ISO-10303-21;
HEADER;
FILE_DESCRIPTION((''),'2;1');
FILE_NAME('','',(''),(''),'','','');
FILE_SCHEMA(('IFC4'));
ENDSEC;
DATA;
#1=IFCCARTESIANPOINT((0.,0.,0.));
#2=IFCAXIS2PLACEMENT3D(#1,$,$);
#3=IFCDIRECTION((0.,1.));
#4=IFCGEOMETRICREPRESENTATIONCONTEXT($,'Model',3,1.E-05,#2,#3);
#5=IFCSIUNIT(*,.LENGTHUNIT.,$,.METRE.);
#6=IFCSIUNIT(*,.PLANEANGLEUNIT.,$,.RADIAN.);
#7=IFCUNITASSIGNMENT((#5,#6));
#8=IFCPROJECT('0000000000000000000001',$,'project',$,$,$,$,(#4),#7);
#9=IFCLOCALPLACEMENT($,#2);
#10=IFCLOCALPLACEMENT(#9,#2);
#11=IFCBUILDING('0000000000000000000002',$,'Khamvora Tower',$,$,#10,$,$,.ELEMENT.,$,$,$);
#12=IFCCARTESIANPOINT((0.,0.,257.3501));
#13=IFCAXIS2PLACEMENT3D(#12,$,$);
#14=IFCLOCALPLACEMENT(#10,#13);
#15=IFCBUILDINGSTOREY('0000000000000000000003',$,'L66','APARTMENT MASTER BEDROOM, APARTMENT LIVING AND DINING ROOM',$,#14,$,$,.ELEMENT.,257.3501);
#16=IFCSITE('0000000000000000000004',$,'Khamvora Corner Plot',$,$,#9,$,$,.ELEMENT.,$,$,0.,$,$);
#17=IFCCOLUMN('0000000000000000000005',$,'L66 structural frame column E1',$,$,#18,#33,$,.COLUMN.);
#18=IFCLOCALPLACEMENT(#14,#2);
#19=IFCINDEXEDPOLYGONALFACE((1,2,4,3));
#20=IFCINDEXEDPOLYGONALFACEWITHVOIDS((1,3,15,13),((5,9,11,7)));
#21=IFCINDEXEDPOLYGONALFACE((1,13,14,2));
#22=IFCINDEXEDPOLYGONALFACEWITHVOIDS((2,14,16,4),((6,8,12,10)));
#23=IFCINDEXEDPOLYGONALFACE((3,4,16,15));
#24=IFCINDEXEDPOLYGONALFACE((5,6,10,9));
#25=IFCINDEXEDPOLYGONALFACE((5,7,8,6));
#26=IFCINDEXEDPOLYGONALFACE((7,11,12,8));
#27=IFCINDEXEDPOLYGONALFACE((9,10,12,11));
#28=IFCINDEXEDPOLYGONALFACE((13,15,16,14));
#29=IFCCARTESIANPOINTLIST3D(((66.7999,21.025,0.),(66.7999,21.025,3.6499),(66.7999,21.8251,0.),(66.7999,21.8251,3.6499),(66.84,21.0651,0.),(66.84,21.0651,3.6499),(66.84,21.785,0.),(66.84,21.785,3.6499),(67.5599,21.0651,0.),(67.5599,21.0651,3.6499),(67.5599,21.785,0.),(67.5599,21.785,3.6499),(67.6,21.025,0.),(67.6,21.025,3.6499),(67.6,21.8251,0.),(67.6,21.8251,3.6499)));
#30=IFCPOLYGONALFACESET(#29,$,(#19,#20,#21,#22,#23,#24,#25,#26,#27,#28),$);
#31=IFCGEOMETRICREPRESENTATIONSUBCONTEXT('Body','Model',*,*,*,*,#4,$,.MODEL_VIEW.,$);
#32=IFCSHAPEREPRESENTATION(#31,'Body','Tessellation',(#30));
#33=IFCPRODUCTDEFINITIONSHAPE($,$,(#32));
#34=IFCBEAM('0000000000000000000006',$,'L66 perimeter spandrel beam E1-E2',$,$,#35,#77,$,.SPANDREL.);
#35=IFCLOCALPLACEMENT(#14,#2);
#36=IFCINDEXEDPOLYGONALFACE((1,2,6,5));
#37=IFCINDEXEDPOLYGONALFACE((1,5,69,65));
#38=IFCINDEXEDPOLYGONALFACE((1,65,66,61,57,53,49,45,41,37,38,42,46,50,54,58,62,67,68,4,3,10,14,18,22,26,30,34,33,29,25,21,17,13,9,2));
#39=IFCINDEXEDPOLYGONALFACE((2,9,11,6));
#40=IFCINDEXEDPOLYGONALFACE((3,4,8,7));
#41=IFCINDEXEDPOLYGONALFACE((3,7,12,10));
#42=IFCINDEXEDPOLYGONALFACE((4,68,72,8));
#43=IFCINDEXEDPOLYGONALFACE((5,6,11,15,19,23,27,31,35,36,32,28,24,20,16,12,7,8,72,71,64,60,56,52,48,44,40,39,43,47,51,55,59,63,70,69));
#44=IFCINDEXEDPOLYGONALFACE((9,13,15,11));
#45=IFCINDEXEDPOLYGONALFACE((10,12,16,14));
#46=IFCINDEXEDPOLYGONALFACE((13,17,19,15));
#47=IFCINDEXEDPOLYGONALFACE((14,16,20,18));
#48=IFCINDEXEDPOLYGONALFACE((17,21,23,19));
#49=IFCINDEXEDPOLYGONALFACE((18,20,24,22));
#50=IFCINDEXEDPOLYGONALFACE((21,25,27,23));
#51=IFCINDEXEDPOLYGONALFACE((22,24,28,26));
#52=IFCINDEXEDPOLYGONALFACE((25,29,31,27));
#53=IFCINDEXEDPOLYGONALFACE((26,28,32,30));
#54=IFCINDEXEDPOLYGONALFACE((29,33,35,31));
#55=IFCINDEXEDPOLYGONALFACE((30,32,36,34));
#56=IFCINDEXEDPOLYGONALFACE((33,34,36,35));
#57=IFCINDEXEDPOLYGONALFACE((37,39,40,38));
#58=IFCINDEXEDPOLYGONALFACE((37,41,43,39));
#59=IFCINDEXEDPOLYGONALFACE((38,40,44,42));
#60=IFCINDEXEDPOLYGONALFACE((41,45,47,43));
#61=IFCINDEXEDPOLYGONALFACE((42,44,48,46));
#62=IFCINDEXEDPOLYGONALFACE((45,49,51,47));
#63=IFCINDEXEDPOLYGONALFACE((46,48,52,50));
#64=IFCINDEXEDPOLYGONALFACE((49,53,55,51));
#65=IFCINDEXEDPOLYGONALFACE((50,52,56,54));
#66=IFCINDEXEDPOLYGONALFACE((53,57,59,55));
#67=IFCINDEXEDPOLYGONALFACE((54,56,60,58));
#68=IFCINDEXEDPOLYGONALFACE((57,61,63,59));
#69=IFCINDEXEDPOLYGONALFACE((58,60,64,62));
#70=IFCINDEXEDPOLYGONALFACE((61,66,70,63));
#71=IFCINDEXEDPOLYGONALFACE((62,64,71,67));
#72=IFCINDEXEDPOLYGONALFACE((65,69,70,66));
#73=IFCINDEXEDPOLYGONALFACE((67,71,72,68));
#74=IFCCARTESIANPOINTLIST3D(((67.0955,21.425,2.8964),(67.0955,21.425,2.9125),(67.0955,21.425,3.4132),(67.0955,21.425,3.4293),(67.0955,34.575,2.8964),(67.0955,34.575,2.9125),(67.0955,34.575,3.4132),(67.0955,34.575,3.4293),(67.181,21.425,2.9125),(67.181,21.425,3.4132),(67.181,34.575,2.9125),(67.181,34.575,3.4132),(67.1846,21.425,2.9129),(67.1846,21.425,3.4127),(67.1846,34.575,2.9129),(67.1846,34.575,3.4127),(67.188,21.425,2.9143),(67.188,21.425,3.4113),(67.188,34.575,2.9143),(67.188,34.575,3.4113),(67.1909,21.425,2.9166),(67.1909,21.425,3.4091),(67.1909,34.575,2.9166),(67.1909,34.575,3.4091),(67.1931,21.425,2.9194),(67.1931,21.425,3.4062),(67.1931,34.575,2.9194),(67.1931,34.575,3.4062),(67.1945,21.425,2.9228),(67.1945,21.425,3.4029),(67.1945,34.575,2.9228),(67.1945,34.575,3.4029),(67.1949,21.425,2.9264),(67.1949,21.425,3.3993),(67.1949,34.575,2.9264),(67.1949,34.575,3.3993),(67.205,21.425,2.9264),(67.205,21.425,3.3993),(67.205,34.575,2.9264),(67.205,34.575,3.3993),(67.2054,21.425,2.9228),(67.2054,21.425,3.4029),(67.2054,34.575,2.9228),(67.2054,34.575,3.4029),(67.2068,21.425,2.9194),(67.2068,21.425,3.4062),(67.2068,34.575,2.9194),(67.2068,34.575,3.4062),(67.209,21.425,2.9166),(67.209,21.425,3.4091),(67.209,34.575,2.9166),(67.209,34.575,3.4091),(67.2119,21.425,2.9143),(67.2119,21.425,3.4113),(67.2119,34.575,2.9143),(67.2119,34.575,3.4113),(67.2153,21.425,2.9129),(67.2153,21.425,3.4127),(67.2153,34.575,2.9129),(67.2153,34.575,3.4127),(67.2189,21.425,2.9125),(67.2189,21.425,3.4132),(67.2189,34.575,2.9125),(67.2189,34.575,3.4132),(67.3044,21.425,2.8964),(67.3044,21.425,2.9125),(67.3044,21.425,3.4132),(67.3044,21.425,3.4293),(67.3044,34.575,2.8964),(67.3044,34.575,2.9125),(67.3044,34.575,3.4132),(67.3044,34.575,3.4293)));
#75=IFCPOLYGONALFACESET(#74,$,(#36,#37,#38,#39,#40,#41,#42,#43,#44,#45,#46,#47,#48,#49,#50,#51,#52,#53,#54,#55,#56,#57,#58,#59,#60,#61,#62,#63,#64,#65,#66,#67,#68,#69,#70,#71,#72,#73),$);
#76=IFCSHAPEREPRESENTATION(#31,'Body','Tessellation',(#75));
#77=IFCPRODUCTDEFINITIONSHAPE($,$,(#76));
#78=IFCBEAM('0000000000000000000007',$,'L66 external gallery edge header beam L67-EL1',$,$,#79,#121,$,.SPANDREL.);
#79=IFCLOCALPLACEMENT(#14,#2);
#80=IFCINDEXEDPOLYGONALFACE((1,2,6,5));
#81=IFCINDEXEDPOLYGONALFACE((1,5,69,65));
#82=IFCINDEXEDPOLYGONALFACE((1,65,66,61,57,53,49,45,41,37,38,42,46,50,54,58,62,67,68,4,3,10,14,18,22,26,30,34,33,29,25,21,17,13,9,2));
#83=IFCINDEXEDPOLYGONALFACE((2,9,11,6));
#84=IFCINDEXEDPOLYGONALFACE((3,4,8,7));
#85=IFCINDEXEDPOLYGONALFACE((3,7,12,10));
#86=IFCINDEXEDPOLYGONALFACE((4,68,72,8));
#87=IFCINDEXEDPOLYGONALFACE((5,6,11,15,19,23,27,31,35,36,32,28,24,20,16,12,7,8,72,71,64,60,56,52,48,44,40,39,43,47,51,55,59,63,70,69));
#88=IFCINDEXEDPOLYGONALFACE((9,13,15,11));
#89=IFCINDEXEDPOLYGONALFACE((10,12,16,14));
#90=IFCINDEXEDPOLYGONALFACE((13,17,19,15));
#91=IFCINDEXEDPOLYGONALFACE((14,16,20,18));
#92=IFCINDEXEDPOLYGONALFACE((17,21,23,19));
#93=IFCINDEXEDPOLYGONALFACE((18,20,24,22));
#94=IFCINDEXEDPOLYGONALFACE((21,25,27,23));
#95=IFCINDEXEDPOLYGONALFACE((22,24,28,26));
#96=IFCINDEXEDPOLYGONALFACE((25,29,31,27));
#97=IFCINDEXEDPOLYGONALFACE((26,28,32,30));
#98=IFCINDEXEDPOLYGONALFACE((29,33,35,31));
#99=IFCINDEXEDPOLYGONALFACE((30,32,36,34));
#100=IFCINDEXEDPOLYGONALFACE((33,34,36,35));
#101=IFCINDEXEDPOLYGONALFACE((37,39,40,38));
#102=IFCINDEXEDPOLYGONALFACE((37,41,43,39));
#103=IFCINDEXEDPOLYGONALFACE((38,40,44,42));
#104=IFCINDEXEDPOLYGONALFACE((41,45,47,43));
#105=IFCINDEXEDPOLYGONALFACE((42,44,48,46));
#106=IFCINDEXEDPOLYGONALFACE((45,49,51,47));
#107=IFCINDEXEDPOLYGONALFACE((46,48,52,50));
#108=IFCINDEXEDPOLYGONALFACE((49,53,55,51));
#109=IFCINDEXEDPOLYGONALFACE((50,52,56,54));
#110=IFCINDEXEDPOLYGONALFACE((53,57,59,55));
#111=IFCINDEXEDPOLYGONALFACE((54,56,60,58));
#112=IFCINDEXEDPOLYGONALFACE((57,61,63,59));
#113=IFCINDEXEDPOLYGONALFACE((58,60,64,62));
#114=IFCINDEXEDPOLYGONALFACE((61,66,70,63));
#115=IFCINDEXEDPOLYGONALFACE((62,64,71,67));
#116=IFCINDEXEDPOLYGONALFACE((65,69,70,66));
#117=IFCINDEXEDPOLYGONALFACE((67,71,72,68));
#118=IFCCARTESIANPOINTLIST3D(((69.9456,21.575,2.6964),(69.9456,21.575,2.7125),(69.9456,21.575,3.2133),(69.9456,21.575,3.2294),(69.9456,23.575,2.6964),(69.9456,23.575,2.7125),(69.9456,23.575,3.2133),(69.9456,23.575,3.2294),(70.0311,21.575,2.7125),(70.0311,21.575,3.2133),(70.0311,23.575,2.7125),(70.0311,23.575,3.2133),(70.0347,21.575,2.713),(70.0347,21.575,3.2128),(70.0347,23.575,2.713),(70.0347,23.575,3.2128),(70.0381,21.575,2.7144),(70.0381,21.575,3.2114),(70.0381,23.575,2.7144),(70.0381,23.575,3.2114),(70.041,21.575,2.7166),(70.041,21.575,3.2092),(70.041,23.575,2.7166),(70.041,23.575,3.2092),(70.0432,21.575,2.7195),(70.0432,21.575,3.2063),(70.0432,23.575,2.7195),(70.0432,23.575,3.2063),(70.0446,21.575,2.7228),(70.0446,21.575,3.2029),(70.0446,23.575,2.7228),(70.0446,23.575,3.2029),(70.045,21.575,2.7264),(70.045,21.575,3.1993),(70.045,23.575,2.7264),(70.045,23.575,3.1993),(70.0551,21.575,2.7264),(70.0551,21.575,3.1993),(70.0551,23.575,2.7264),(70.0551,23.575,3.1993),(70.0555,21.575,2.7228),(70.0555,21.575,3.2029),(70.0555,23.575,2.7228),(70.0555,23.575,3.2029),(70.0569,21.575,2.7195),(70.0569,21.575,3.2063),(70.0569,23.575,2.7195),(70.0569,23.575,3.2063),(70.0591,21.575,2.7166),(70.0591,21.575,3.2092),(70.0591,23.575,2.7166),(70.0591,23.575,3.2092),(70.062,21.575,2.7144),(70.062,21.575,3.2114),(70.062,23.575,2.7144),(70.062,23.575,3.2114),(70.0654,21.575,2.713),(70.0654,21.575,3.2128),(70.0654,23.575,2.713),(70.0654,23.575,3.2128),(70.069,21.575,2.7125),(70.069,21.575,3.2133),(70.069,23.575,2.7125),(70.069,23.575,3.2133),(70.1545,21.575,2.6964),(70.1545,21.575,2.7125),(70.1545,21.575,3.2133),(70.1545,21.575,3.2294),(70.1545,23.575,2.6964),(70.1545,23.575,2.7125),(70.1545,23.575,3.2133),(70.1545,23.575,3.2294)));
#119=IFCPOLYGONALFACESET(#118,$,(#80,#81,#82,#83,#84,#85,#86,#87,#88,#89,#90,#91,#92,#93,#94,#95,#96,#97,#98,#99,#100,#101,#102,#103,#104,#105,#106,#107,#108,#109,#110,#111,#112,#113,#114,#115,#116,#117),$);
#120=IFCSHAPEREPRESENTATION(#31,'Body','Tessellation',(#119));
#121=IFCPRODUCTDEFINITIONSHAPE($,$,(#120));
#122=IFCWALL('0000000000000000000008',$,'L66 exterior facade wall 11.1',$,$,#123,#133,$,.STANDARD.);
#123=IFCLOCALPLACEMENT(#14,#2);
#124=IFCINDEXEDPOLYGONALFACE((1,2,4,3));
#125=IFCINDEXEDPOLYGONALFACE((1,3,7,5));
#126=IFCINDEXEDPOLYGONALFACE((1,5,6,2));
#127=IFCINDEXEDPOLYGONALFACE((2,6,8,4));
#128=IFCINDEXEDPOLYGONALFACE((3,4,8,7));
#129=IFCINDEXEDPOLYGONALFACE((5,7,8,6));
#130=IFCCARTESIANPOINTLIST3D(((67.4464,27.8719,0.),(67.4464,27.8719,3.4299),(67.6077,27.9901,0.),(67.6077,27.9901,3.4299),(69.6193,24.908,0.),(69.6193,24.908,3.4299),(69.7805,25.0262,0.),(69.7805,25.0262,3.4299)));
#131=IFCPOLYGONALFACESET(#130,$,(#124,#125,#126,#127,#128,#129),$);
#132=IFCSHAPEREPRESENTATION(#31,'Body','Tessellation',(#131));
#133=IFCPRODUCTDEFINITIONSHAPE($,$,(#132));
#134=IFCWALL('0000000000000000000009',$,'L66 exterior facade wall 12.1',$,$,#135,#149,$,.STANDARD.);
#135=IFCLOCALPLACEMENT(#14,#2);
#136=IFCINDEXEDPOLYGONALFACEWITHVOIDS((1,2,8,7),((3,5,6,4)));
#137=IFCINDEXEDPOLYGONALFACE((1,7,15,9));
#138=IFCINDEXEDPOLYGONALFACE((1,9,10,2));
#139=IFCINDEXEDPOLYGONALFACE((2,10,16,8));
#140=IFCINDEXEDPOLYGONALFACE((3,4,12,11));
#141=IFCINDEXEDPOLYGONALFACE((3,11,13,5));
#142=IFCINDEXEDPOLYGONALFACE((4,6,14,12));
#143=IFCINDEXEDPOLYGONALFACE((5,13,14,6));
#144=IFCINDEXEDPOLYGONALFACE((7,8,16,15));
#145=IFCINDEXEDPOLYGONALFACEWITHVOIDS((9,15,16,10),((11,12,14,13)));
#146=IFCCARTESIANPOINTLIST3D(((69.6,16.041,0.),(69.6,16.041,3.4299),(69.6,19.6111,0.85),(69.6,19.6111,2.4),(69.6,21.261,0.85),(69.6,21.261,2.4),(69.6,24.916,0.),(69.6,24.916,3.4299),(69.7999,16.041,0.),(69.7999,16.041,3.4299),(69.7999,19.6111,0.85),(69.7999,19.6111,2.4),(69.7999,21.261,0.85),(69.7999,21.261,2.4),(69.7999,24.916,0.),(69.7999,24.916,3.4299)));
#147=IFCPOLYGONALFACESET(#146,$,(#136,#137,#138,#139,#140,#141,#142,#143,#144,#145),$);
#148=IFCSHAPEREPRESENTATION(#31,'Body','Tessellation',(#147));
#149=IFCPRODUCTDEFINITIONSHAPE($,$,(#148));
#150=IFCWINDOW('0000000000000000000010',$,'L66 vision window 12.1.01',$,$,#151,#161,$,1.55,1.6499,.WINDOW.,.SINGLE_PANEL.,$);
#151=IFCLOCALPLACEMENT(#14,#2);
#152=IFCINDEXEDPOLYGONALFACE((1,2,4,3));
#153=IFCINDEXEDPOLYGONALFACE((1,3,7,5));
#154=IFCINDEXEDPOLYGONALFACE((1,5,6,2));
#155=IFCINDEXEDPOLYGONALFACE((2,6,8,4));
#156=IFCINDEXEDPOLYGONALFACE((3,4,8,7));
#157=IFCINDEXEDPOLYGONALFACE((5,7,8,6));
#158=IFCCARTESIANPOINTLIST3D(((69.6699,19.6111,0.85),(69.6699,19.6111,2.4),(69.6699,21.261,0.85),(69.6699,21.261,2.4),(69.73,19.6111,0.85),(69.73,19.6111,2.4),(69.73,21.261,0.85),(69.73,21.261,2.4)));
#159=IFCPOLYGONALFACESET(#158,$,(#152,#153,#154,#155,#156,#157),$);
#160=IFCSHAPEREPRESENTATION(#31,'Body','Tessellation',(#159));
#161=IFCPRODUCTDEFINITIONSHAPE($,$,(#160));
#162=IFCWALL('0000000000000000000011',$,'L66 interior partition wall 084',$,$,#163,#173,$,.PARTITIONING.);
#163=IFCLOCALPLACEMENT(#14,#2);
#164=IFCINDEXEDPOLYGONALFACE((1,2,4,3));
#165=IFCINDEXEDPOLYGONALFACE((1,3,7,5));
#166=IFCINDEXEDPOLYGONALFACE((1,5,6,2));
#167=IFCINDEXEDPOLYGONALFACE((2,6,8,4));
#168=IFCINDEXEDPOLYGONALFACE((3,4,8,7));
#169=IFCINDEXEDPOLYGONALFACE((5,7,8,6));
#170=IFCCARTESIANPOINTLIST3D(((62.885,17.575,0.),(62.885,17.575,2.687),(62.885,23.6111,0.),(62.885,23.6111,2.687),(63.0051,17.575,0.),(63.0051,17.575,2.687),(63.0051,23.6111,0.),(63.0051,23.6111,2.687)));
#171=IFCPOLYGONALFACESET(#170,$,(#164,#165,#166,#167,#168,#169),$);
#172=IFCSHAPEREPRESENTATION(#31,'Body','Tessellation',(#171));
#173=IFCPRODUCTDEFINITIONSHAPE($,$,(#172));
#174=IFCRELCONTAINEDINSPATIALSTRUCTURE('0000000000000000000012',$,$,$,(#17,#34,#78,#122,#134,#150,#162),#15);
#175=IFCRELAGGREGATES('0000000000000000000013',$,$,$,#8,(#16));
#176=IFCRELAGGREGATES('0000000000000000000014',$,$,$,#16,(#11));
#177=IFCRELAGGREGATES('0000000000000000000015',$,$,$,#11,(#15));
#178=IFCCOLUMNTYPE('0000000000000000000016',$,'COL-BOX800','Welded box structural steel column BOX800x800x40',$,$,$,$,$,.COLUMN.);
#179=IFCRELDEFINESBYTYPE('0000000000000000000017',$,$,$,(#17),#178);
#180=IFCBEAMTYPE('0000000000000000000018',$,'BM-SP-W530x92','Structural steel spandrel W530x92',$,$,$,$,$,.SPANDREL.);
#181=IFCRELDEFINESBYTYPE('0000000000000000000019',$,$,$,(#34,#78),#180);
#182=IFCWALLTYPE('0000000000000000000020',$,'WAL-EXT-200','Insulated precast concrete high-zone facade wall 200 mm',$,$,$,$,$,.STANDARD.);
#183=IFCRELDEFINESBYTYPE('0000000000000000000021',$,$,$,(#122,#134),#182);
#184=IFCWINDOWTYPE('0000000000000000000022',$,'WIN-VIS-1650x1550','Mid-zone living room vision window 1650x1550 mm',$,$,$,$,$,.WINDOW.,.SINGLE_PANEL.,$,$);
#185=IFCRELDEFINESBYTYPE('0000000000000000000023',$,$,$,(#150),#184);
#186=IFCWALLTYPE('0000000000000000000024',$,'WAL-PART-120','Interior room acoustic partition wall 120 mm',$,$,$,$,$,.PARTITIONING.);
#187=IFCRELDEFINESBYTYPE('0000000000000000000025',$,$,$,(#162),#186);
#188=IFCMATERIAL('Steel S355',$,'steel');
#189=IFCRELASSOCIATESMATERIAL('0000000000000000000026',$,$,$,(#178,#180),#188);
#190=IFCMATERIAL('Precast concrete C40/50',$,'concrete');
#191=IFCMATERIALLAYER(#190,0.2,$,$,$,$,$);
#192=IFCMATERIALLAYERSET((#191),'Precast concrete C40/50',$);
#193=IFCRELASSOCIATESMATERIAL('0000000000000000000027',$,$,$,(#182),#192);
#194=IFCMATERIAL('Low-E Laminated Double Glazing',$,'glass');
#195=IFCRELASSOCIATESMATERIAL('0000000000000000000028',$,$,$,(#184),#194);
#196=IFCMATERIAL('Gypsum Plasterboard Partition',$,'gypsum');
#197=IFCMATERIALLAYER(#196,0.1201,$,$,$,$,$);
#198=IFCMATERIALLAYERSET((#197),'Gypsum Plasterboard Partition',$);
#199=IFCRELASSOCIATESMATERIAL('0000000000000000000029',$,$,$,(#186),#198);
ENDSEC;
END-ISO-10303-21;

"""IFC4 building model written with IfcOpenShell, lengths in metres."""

from ifc_helpers import new_model, si_unit, direction, frame, frame_2d, origin, origin_2d, place, context, subcontext, project, spatial, rectangle, hollow_rectangle, i_section, extrude, material, layer, layer_set, material_profile, profile_set, type_object, element, fill, save


model = new_model("IFC4")

# Units and contexts
model_context = context("Model", 3, precision=1e-05, world=origin(), true_north=direction((0.0, 1.0)))
body_context = subcontext(model_context, "Body", "Model", "MODEL_VIEW")
ifc_project = project(units=[si_unit("LENGTHUNIT", "METRE"), si_unit("PLANEANGLEUNIT", "RADIAN")], contexts=[model_context])

# Site, building, storey
site_placement = place(None, origin())
site = spatial("IfcSite", under=ifc_project, at=site_placement, Name="Khamvora Corner Plot", CompositionType="ELEMENT", RefElevation=0.0)
building_placement = place(site_placement, origin())
building = spatial("IfcBuilding", under=site, at=building_placement, Name="Khamvora Tower", CompositionType="ELEMENT")
storey_placement = place(building_placement, frame((0.0, 0.0, 257.3501)))
storey = spatial("IfcBuildingStorey", under=building, at=storey_placement, Name="L66", Description="APARTMENT MASTER BEDROOM, APARTMENT LIVING AND DINING ROOM", CompositionType="ELEMENT", Elevation=257.3501)

# Column
ifc_material_1 = material(Name="Steel S355", Category="steel")
ifc_material_profile_1 = material_profile(ifc_material_1, hollow_rectangle(XDim=0.8, YDim=0.8, WallThickness=0.04, at=origin_2d()), Name="BOX800x800x40")
ifc_profile_set_1 = profile_set([ifc_material_profile_1], Name="Steel S355")
column_type = type_object("IfcColumnType", Name="COL-BOX800", Description="Welded box structural steel column BOX800x800x40", PredefinedType="COLUMN", material=ifc_profile_set_1)
column_placement = place(storey_placement, frame((67.2, 21.425, 0.0), z_axis=(0.0, 0.0, 1.0), x_axis=(1.0, 0.0, 0.0)))
element("IfcColumn", 1, at=column_placement, inside=storey, type_object=column_type, Name="L66 structural frame column E1", PredefinedType="COLUMN", context=body_context, shape_type="SweptSolid", body=[
    extrude(hollow_rectangle(XDim=0.8, YDim=0.8, WallThickness=0.04, at=origin_2d()), origin(), (0.0, 0.0, 1.0), 3.6499),
])

# Beams
ifc_material_profile_2 = material_profile(ifc_material_1, i_section(OverallWidth=0.209, OverallDepth=0.533, WebThickness=0.01, FlangeThickness=0.0161, FilletRadius=0.0139, at=origin_2d()), Name="W530x92")
ifc_profile_set_2 = profile_set([ifc_material_profile_2], Name="Steel S355")
beam_type = type_object("IfcBeamType", Name="BM-SP-W530x92", Description="Structural steel spandrel W530x92", PredefinedType="SPANDREL", material=ifc_profile_set_2)
beam_1_placement = place(storey_placement, frame((67.2, 21.425, 3.1628), z_axis=(0.0, 1.0, 0.0), x_axis=(-1.0, 0.0, 0.0)))
element("IfcBeam", 2, at=beam_1_placement, inside=storey, type_object=beam_type, Name="L66 perimeter spandrel beam E1-E2", PredefinedType="SPANDREL", context=body_context, shape_type="SweptSolid", body=[
    extrude(i_section(OverallWidth=0.209, OverallDepth=0.533, WebThickness=0.01, FlangeThickness=0.0161, FilletRadius=0.0139, at=origin_2d()), origin(), (0.0, 0.0, 1.0), 13.1499),
])
beam_2_placement = place(storey_placement, frame((70.05, 21.575, 2.9629), z_axis=(0.0, 1.0, 0.0), x_axis=(-1.0, 0.0, 0.0)))
element("IfcBeam", 3, at=beam_2_placement, inside=storey, type_object=beam_type, Name="L66 external gallery edge header beam L67-EL1", PredefinedType="SPANDREL", context=body_context, shape_type="SweptSolid", body=[
    extrude(i_section(OverallWidth=0.209, OverallDepth=0.533, WebThickness=0.01, FlangeThickness=0.0161, FilletRadius=0.0139, at=origin_2d()), origin(), (0.0, 0.0, 1.0), 2.0),
])

# Wall
ifc_material_2 = material(Name="Precast concrete C40/50", Category="concrete")
ifc_layer_1 = layer(ifc_material_2, 0.2)
ifc_layer_set_1 = layer_set([ifc_layer_1], Name="Precast concrete C40/50")
wall_type_1 = type_object("IfcWallType", Name="WAL-EXT-200", Description="Insulated precast concrete high-zone facade wall 200 mm", PredefinedType="STANDARD", material=ifc_layer_set_1)
wall_1_placement = place(storey_placement, frame((67.5271, 27.9309, 0.0), z_axis=(0.0, 0.0, 1.0), x_axis=(0.591248, -0.806489, 0.0)))
element("IfcWall", 4, at=wall_1_placement, inside=storey, type_object=wall_type_1, Name="L66 exterior facade wall 11.1", PredefinedType="STANDARD", context=body_context, shape_type="SweptSolid", body=[
    extrude(rectangle(XDim=3.675, YDim=0.2, at=frame_2d((1.8374, 0.0))), origin(), (0.0, 0.0, 1.0), 3.4299),
])

# Wall, opening, window
wall_2_placement = place(storey_placement, frame((69.7, 24.916, 0.0), z_axis=(0.0, 0.0, 1.0), x_axis=(0.0, -1.0, 0.0)))
wall_2 = element("IfcWall", 5, at=wall_2_placement, inside=storey, type_object=wall_type_1, Name="L66 exterior facade wall 12.1", PredefinedType="STANDARD", context=body_context, shape_type="SweptSolid", body=[
    extrude(rectangle(XDim=8.875, YDim=0.2, at=frame_2d((4.4375, 0.0))), origin(), (0.0, 0.0, 1.0), 3.4299),
])
opening_1_placement = place(wall_2_placement, frame((3.655, 0.0, 0.8501)))
opening_1 = element("IfcOpeningElement", 6, at=opening_1_placement, cuts=wall_2, PredefinedType="OPENING", context=body_context, shape_type="SweptSolid", body=[
    extrude(rectangle(XDim=1.6499, YDim=1.55, at=frame_2d((0.825, 0.7749))), frame((0.0, 0.1099, 0.0), z_axis=(0.0, -1.0, 0.0), x_axis=(1.0, 0.0, 0.0)), (0.0, 0.0, 1.0), 0.22),
])
ifc_material_3 = material(Name="Low-E Laminated Double Glazing", Category="glass")
window_type = type_object("IfcWindowType", Name="WIN-VIS-1650x1550", Description="Mid-zone living room vision window 1650x1550 mm", PartitioningType="SINGLE_PANEL", PredefinedType="WINDOW", material=ifc_material_3)
window_placement = place(opening_1_placement, origin())
window = element("IfcWindow", 7, at=window_placement, inside=storey, type_object=window_type, Name="L66 vision window 12.1.01", OverallHeight=1.55, OverallWidth=1.6499, PartitioningType="SINGLE_PANEL", PredefinedType="WINDOW", context=body_context, shape_type="SweptSolid", body=[
    extrude(rectangle(XDim=1.6499, YDim=1.55, at=frame_2d((0.825, 0.7749))), frame((0.0, 0.03, 0.0), z_axis=(0.0, -1.0, 0.0), x_axis=(1.0, 0.0, 0.0)), (0.0, 0.0, 1.0), 0.0601),
])
fill(opening_1, window)

# Wall
ifc_material_4 = material(Name="Gypsum Plasterboard Partition", Category="gypsum")
ifc_layer_2 = layer(ifc_material_4, 0.1201)
ifc_layer_set_2 = layer_set([ifc_layer_2], Name="Gypsum Plasterboard Partition")
wall_type_2 = type_object("IfcWallType", Name="WAL-PART-120", Description="Interior room acoustic partition wall 120 mm", PredefinedType="PARTITIONING", material=ifc_layer_set_2)
wall_3_placement = place(storey_placement, frame((62.9451, 23.6111, 0.0), z_axis=(0.0, 0.0, 1.0), x_axis=(0.0, -1.0, 0.0)))
element("IfcWall", 8, at=wall_3_placement, inside=storey, type_object=wall_type_2, Name="L66 interior partition wall 084", PredefinedType="PARTITIONING", context=body_context, shape_type="SweptSolid", body=[
    extrude(rectangle(XDim=6.0361, YDim=0.1201, at=frame_2d((3.0181, 0.0))), origin(), (0.0, 0.0, 1.0), 2.687),
])

save(model, "model.ifc")
